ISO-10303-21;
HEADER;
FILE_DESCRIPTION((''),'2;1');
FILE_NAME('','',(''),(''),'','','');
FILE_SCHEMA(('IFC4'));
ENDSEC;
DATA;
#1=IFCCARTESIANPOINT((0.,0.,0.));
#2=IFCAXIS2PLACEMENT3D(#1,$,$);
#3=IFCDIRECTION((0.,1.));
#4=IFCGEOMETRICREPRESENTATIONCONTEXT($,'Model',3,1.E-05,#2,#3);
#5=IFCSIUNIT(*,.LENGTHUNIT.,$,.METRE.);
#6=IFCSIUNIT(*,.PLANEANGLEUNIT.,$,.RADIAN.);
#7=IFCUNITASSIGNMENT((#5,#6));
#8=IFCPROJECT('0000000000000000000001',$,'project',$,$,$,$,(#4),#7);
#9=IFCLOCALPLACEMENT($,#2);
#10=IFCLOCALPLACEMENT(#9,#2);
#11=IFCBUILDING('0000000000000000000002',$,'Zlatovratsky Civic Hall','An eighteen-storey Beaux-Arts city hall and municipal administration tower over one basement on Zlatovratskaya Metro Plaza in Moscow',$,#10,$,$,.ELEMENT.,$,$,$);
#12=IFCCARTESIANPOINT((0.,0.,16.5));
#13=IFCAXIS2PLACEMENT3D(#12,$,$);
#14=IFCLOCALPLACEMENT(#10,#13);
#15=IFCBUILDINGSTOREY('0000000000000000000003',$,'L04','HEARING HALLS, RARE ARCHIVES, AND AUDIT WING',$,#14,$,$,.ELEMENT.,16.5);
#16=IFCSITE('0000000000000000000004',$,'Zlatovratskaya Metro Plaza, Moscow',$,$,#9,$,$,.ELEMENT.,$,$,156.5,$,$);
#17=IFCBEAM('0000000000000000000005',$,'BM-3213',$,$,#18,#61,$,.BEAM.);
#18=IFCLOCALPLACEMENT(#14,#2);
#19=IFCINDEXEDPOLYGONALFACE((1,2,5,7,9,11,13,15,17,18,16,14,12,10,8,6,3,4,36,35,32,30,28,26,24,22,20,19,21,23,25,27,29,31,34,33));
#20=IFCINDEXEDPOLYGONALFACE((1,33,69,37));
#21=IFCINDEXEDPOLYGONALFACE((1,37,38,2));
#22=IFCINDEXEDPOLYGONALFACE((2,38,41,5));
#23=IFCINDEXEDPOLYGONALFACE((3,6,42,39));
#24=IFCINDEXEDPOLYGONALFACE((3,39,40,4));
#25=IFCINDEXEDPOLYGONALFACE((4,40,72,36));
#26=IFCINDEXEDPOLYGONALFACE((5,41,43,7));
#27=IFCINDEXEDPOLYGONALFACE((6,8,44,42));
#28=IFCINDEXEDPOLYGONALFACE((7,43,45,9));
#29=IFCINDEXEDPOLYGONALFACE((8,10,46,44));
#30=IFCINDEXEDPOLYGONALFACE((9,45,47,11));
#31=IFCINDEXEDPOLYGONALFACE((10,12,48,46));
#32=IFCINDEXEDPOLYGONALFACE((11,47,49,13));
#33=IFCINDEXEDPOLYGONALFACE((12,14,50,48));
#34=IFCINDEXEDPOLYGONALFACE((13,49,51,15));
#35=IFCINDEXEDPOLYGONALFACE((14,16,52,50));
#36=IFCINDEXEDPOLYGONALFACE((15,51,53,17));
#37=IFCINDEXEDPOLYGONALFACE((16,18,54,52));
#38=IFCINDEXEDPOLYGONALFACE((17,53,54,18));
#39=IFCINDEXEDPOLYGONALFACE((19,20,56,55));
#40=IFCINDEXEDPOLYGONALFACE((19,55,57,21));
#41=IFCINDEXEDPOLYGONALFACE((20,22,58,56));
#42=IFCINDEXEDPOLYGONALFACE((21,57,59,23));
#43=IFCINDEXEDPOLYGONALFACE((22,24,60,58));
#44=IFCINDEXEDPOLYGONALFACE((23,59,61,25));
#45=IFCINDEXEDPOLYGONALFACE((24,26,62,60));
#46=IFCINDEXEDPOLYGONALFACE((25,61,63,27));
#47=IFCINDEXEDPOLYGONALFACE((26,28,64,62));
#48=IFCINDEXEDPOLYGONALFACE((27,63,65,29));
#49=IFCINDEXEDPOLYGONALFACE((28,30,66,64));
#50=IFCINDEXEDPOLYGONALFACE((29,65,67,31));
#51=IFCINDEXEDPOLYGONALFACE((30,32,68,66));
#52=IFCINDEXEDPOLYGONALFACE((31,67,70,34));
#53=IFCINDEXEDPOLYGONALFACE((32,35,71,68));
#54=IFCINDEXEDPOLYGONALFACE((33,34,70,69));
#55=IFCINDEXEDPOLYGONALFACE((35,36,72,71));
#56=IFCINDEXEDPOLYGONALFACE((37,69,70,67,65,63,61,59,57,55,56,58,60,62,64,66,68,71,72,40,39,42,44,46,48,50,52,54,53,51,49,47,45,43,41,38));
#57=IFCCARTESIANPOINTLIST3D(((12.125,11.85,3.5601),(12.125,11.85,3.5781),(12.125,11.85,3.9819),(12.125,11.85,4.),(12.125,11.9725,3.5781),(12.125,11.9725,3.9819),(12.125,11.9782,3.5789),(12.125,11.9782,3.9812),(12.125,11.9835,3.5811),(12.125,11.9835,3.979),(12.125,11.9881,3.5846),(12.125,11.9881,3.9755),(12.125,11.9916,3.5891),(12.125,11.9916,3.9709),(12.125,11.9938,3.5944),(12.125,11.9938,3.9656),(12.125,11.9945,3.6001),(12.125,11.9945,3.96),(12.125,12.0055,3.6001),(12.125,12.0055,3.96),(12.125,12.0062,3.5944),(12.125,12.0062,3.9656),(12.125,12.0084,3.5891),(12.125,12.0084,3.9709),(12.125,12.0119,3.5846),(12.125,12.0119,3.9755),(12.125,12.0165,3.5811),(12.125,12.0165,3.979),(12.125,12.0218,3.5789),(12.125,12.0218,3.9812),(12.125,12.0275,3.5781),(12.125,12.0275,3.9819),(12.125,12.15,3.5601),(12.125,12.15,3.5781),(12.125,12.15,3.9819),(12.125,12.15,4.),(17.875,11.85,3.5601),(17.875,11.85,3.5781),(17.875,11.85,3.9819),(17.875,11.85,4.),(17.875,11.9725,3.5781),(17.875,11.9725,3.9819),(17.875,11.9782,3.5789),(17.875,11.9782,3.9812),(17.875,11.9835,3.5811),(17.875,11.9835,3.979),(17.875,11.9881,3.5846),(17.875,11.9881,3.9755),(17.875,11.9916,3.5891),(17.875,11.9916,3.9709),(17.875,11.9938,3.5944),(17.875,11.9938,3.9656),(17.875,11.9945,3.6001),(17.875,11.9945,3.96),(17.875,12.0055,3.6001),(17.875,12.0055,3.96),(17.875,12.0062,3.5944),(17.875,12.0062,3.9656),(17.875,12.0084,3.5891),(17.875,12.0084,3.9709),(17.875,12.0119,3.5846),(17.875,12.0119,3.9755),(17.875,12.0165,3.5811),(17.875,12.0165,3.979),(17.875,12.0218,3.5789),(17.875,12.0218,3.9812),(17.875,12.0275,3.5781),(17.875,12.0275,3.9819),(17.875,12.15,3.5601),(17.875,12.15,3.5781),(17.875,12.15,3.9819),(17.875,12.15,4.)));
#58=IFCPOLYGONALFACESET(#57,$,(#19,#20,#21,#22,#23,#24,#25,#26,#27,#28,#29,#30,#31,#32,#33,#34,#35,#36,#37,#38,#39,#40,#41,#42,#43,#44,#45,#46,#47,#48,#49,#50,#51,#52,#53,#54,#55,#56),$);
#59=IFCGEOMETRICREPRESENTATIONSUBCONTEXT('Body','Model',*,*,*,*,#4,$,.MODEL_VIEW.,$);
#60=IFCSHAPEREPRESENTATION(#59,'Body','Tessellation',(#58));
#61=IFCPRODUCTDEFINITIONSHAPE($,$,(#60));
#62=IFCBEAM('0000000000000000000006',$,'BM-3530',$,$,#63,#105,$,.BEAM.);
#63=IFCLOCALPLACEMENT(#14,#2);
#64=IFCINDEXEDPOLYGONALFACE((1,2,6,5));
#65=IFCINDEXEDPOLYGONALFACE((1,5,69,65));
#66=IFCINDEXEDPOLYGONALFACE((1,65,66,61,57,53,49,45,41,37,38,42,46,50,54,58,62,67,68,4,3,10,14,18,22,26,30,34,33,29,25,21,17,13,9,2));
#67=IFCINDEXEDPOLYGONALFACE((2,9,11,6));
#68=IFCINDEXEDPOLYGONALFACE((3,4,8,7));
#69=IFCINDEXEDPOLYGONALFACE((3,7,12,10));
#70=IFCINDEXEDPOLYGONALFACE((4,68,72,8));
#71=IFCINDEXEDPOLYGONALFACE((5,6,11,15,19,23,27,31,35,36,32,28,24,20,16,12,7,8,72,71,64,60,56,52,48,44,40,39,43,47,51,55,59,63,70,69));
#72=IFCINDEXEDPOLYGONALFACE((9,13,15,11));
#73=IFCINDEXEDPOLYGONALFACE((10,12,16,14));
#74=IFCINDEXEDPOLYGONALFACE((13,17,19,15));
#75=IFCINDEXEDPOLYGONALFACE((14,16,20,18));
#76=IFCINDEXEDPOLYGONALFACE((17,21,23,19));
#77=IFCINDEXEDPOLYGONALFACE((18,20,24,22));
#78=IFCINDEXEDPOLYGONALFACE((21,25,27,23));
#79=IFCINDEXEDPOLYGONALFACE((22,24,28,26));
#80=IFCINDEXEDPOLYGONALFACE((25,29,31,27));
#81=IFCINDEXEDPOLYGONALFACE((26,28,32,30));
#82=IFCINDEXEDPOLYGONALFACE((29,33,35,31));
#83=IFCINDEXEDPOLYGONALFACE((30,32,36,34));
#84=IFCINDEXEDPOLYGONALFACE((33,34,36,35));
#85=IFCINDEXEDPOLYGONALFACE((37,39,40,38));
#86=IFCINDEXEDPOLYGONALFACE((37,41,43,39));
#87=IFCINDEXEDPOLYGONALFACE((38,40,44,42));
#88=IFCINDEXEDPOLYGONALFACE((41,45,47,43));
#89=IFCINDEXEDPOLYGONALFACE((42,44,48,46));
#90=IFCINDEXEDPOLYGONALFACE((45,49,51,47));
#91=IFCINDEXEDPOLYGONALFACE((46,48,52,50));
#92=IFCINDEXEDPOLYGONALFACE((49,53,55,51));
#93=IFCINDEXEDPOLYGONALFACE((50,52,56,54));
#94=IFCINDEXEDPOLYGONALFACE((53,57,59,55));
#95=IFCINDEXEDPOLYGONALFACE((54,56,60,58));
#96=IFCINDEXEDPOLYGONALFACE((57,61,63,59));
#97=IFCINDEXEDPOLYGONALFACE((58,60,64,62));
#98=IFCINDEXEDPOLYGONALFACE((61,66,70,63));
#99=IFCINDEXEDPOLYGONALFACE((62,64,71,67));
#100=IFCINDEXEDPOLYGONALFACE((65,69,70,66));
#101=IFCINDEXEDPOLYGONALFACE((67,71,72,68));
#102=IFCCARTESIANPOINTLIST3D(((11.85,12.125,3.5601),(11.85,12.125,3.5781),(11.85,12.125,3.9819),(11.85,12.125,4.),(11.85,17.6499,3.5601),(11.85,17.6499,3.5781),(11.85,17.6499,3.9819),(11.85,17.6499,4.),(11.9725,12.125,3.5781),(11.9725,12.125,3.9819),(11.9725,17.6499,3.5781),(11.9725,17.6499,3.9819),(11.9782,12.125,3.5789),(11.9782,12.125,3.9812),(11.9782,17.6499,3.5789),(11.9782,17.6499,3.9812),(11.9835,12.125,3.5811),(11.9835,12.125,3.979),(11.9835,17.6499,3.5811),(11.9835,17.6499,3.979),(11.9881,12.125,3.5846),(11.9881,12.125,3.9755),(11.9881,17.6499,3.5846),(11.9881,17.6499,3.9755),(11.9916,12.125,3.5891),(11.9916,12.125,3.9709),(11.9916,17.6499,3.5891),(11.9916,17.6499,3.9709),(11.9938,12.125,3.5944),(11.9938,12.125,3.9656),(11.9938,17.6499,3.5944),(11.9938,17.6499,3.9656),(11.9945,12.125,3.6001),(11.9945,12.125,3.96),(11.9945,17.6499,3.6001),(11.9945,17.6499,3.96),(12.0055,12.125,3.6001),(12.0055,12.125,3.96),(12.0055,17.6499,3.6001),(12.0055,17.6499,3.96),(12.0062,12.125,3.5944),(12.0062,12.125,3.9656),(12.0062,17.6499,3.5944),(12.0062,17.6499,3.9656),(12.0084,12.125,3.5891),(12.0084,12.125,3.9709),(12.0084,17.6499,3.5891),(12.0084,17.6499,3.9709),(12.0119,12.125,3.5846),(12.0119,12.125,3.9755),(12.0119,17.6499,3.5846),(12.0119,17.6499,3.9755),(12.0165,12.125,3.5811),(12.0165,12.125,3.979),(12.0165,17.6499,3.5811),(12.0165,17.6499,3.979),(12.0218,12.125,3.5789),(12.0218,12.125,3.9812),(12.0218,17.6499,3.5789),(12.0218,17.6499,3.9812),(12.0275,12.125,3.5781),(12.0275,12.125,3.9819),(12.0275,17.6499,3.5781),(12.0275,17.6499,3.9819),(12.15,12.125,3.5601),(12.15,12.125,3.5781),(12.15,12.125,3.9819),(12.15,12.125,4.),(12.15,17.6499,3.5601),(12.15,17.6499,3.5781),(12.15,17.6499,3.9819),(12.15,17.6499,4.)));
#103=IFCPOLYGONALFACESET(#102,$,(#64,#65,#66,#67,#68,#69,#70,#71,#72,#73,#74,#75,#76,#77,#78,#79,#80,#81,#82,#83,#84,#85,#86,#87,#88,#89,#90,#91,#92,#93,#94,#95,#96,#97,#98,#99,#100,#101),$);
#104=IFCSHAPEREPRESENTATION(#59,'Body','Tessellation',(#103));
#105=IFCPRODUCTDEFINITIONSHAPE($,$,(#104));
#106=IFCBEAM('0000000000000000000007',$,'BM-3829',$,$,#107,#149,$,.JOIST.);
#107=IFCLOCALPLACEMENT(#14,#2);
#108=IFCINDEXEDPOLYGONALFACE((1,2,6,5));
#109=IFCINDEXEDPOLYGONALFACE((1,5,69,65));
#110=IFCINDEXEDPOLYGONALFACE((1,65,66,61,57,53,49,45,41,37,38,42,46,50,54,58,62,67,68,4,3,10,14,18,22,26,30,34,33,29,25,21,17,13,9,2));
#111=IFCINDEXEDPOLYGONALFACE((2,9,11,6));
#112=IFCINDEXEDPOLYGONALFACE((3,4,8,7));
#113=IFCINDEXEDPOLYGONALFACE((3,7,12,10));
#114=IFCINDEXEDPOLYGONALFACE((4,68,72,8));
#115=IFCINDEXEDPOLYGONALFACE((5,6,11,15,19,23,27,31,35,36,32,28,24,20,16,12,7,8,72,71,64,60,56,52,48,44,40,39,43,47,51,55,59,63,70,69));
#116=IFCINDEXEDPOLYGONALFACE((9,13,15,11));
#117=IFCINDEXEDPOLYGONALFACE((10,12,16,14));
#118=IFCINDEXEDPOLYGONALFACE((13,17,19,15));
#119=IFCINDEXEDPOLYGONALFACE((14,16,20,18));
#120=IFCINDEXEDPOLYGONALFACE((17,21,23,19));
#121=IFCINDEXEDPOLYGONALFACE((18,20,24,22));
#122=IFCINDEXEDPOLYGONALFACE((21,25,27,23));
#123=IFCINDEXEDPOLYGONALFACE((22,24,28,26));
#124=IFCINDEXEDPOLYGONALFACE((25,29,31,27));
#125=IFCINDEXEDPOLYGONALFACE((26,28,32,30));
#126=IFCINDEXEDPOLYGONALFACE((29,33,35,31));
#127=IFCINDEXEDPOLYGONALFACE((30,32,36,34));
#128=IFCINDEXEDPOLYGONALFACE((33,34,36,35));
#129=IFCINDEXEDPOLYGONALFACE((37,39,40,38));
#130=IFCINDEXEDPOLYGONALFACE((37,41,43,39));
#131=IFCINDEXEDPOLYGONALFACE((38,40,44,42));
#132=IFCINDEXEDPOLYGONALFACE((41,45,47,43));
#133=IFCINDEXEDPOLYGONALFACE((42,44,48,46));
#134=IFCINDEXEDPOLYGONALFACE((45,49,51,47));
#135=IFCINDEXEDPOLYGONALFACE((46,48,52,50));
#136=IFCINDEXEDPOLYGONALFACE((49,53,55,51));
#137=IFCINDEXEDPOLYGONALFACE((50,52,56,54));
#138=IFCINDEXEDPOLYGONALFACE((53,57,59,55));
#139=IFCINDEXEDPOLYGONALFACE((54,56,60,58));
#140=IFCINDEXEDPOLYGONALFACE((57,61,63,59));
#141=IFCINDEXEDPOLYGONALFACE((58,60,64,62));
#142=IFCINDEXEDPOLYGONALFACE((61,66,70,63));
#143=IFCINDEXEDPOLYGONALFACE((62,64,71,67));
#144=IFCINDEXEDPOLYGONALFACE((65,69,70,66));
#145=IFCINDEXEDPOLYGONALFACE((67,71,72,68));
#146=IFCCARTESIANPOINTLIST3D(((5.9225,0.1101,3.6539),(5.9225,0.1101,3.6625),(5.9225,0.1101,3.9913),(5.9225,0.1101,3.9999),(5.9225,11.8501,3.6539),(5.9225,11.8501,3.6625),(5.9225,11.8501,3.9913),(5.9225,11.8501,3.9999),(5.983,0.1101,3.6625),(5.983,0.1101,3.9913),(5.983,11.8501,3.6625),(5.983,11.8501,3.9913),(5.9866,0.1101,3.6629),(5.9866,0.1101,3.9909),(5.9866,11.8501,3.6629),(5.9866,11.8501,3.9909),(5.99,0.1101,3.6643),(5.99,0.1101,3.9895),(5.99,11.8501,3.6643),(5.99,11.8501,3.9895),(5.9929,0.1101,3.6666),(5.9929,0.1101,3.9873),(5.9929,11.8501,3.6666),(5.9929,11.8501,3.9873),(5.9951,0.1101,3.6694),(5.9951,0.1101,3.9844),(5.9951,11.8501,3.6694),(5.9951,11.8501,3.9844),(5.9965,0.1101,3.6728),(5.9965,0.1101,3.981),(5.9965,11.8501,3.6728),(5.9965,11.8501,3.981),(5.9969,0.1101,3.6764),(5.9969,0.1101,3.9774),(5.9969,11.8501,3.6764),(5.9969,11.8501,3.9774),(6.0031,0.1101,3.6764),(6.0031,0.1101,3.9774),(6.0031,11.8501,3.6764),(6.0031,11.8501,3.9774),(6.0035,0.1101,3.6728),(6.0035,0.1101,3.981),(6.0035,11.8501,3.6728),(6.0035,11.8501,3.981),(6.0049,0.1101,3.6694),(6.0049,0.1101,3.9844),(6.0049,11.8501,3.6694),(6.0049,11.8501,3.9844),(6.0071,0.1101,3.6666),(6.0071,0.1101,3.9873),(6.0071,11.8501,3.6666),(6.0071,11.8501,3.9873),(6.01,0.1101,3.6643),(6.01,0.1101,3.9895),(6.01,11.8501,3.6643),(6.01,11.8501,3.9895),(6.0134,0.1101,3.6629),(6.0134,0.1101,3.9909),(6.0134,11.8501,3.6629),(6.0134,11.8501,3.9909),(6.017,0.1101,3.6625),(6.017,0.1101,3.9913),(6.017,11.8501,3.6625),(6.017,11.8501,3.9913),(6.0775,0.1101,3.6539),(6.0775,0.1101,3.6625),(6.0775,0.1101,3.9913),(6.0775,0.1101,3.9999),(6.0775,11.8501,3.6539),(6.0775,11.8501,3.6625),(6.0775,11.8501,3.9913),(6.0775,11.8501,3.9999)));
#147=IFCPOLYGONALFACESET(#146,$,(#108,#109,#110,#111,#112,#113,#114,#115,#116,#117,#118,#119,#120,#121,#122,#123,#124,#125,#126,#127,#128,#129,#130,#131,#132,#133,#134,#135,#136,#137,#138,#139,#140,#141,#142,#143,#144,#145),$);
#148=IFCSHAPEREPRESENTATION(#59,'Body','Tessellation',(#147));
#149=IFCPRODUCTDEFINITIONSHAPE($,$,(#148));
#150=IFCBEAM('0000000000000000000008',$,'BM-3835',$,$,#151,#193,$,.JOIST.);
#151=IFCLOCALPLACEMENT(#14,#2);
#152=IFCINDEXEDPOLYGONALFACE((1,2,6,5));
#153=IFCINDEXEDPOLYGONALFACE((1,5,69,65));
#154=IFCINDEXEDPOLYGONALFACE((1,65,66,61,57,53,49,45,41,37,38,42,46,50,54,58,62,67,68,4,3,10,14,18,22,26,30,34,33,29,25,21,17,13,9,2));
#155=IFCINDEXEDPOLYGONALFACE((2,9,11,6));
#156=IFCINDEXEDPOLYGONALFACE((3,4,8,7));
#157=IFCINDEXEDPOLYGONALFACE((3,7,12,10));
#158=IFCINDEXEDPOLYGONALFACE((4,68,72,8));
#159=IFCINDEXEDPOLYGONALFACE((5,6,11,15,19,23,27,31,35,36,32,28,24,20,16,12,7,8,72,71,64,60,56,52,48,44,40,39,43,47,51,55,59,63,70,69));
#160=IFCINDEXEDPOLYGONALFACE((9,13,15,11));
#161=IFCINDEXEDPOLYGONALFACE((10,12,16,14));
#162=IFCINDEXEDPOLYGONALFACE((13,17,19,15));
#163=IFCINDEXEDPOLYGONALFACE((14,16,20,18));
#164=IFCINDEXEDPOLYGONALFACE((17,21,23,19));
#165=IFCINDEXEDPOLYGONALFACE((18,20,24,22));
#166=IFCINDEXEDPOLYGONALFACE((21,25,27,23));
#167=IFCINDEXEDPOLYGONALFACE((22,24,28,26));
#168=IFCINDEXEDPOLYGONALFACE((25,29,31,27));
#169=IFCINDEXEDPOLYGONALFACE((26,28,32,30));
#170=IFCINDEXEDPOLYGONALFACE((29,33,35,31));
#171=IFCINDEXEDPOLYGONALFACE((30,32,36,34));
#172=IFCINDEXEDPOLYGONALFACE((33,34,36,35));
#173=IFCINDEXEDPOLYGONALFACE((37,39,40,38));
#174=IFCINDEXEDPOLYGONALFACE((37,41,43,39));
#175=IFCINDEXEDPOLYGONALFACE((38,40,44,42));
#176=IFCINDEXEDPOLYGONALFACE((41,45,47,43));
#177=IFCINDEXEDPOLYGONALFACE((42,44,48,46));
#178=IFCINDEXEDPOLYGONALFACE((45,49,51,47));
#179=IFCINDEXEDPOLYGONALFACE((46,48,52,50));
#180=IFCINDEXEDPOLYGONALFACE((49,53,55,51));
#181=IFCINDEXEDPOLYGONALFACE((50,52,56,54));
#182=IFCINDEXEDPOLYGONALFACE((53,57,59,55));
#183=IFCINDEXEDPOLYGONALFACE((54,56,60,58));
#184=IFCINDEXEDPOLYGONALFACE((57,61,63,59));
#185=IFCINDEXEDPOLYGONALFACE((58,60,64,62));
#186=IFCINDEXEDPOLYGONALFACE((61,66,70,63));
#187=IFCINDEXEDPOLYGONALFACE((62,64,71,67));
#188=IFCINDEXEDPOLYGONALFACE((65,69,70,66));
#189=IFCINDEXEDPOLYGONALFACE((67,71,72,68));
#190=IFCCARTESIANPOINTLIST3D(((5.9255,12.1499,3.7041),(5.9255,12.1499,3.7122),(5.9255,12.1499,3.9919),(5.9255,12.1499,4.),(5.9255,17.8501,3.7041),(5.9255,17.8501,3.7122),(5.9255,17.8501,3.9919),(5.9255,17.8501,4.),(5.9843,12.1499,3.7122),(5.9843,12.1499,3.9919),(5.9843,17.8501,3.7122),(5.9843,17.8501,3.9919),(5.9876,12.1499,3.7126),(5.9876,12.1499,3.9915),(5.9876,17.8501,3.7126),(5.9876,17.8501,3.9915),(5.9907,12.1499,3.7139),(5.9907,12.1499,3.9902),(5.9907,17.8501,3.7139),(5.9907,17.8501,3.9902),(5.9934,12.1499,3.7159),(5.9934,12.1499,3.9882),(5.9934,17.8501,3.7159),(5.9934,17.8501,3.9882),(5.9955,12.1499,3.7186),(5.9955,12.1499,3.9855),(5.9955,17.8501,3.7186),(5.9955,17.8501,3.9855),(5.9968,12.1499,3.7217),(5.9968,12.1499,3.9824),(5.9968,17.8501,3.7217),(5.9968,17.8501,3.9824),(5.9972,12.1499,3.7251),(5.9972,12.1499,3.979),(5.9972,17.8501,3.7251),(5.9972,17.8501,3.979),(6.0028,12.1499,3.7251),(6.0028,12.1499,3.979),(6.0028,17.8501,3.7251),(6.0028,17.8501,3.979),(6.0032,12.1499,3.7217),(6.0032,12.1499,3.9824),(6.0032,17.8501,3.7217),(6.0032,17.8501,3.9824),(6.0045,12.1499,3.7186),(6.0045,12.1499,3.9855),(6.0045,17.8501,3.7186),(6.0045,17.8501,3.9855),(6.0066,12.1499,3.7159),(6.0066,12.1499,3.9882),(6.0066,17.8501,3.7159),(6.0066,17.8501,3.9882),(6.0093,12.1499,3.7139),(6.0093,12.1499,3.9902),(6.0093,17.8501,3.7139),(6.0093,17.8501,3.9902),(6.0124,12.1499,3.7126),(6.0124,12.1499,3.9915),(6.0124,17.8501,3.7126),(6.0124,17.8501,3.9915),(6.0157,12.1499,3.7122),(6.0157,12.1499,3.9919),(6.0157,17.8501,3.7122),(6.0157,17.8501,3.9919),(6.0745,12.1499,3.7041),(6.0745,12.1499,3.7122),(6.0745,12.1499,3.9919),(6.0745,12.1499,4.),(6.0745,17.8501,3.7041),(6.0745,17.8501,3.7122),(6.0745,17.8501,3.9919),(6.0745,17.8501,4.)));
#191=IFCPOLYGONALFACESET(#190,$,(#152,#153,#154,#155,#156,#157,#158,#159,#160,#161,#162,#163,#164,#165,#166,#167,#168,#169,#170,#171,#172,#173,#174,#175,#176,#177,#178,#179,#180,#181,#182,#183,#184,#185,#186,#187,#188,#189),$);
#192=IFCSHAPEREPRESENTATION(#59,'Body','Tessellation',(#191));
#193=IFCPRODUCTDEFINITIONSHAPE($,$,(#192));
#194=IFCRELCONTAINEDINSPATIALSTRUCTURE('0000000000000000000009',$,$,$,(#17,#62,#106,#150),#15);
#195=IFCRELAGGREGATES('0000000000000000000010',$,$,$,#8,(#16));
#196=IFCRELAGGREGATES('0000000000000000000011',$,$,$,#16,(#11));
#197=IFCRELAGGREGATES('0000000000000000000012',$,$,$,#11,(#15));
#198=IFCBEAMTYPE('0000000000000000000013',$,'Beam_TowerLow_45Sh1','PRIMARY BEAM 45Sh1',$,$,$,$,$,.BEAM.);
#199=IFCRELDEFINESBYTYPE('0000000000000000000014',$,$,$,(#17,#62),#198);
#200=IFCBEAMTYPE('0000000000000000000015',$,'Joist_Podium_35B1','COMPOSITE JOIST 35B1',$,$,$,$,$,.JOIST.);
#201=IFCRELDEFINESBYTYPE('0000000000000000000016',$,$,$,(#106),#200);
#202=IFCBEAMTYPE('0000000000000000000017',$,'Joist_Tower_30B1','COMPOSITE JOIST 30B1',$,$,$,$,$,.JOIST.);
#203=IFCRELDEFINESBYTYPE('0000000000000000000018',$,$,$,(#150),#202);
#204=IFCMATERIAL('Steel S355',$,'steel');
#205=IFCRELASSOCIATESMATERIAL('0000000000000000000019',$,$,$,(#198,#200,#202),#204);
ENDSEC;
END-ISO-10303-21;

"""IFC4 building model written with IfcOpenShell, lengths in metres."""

from ifc_helpers import new_model, si_unit, direction, frame, origin, origin_2d, place, context, subcontext, project, spatial, i_section, extrude, material, material_profile, profile_set, type_object, element, save


model = new_model("IFC4")

# Units and contexts
model_context = context("Model", 3, precision=1e-05, world=origin(), true_north=direction((0.0, 1.0)))
body_context = subcontext(model_context, "Body", "Model", "MODEL_VIEW")
ifc_project = project(units=[si_unit("LENGTHUNIT", "METRE"), si_unit("PLANEANGLEUNIT", "RADIAN")], contexts=[model_context])

# Site, building, storey
site_placement = place(None, origin())
site = spatial("IfcSite", under=ifc_project, at=site_placement, Name="Zlatovratskaya Metro Plaza, Moscow", CompositionType="ELEMENT", RefElevation=156.5)
building_placement = place(site_placement, origin())
building = spatial("IfcBuilding", under=site, at=building_placement, Name="Zlatovratsky Civic Hall", Description="An eighteen-storey Beaux-Arts city hall and municipal administration tower over one basement on Zlatovratskaya Metro Plaza in Moscow", CompositionType="ELEMENT")
storey_placement = place(building_placement, frame((0.0, 0.0, 16.5)))
storey = spatial("IfcBuildingStorey", under=building, at=storey_placement, Name="L04", Description="HEARING HALLS, RARE ARCHIVES, AND AUDIT WING", CompositionType="ELEMENT", Elevation=16.5)

# Shared definitions
ifc_material_1 = material(Name="Steel S355", Category="steel")

# Beams
ifc_material_profile_1 = material_profile(ifc_material_1, i_section(OverallWidth=0.3, OverallDepth=0.4399, WebThickness=0.011, FlangeThickness=0.0181, FilletRadius=0.022, at=origin_2d()), Name="45Sh1")
ifc_profile_set_1 = profile_set([ifc_material_profile_1], Name="Steel S355")
beam_type_1 = type_object("IfcBeamType", Name="Beam_TowerLow_45Sh1", Description="PRIMARY BEAM 45Sh1", PredefinedType="BEAM", material=ifc_profile_set_1)
beam_1_placement = place(storey_placement, frame((12.125, 12.0, 3.78), z_axis=(1.0, 0.0, 0.0), x_axis=(0.0, 1.0, 0.0)))
element("IfcBeam", 1, at=beam_1_placement, inside=storey, type_object=beam_type_1, Name="BM-3213", PredefinedType="BEAM", context=body_context, shape_type="SweptSolid", body=[
    extrude(i_section(OverallWidth=0.3, OverallDepth=0.4399, WebThickness=0.011, FlangeThickness=0.0181, FilletRadius=0.022, at=origin_2d()), origin(), (0.0, 0.0, 1.0), 5.75),
])
beam_2_placement = place(storey_placement, frame((12.0, 12.125, 3.78), z_axis=(0.0, 1.0, 0.0), x_axis=(-1.0, 0.0, 0.0)))
element("IfcBeam", 2, at=beam_2_placement, inside=storey, type_object=beam_type_1, Name="BM-3530", PredefinedType="BEAM", context=body_context, shape_type="SweptSolid", body=[
    extrude(i_section(OverallWidth=0.3, OverallDepth=0.4399, WebThickness=0.011, FlangeThickness=0.0181, FilletRadius=0.022, at=origin_2d()), origin(), (0.0, 0.0, 1.0), 5.5249),
])
ifc_material_profile_2 = material_profile(ifc_material_1, i_section(OverallWidth=0.155, OverallDepth=0.3459, WebThickness=0.0061, FlangeThickness=0.0085, FilletRadius=0.0139, at=origin_2d()), Name="35B1")
ifc_profile_set_2 = profile_set([ifc_material_profile_2], Name="Steel S355")
beam_type_2 = type_object("IfcBeamType", Name="Joist_Podium_35B1", Description="COMPOSITE JOIST 35B1", PredefinedType="JOIST", material=ifc_profile_set_2)
beam_3_placement = place(storey_placement, frame((6.0, 0.1101, 3.8269), z_axis=(0.0, 1.0, 0.0), x_axis=(-1.0, 0.0, 0.0)))
element("IfcBeam", 3, at=beam_3_placement, inside=storey, type_object=beam_type_2, Name="BM-3829", PredefinedType="JOIST", context=body_context, shape_type="SweptSolid", body=[
    extrude(i_section(OverallWidth=0.155, OverallDepth=0.3459, WebThickness=0.0061, FlangeThickness=0.0085, FilletRadius=0.0139, at=origin_2d()), origin(), (0.0, 0.0, 1.0), 11.74),
])
ifc_material_profile_3 = material_profile(ifc_material_1, i_section(OverallWidth=0.1489, OverallDepth=0.2959, WebThickness=0.0056, FlangeThickness=0.0081, FilletRadius=0.0129, at=origin_2d()), Name="30B1")
ifc_profile_set_3 = profile_set([ifc_material_profile_3], Name="Steel S355")
beam_type_3 = type_object("IfcBeamType", Name="Joist_Tower_30B1", Description="COMPOSITE JOIST 30B1", PredefinedType="JOIST", material=ifc_profile_set_3)
beam_4_placement = place(storey_placement, frame((6.0, 12.1499, 3.8521), z_axis=(0.0, 1.0, 0.0), x_axis=(-1.0, 0.0, 0.0)))
element("IfcBeam", 4, at=beam_4_placement, inside=storey, type_object=beam_type_3, Name="BM-3835", PredefinedType="JOIST", context=body_context, shape_type="SweptSolid", body=[
    extrude(i_section(OverallWidth=0.1489, OverallDepth=0.2959, WebThickness=0.0056, FlangeThickness=0.0081, FilletRadius=0.0129, at=origin_2d()), origin(), (0.0, 0.0, 1.0), 5.7002),
])

save(model, "model.ifc")
